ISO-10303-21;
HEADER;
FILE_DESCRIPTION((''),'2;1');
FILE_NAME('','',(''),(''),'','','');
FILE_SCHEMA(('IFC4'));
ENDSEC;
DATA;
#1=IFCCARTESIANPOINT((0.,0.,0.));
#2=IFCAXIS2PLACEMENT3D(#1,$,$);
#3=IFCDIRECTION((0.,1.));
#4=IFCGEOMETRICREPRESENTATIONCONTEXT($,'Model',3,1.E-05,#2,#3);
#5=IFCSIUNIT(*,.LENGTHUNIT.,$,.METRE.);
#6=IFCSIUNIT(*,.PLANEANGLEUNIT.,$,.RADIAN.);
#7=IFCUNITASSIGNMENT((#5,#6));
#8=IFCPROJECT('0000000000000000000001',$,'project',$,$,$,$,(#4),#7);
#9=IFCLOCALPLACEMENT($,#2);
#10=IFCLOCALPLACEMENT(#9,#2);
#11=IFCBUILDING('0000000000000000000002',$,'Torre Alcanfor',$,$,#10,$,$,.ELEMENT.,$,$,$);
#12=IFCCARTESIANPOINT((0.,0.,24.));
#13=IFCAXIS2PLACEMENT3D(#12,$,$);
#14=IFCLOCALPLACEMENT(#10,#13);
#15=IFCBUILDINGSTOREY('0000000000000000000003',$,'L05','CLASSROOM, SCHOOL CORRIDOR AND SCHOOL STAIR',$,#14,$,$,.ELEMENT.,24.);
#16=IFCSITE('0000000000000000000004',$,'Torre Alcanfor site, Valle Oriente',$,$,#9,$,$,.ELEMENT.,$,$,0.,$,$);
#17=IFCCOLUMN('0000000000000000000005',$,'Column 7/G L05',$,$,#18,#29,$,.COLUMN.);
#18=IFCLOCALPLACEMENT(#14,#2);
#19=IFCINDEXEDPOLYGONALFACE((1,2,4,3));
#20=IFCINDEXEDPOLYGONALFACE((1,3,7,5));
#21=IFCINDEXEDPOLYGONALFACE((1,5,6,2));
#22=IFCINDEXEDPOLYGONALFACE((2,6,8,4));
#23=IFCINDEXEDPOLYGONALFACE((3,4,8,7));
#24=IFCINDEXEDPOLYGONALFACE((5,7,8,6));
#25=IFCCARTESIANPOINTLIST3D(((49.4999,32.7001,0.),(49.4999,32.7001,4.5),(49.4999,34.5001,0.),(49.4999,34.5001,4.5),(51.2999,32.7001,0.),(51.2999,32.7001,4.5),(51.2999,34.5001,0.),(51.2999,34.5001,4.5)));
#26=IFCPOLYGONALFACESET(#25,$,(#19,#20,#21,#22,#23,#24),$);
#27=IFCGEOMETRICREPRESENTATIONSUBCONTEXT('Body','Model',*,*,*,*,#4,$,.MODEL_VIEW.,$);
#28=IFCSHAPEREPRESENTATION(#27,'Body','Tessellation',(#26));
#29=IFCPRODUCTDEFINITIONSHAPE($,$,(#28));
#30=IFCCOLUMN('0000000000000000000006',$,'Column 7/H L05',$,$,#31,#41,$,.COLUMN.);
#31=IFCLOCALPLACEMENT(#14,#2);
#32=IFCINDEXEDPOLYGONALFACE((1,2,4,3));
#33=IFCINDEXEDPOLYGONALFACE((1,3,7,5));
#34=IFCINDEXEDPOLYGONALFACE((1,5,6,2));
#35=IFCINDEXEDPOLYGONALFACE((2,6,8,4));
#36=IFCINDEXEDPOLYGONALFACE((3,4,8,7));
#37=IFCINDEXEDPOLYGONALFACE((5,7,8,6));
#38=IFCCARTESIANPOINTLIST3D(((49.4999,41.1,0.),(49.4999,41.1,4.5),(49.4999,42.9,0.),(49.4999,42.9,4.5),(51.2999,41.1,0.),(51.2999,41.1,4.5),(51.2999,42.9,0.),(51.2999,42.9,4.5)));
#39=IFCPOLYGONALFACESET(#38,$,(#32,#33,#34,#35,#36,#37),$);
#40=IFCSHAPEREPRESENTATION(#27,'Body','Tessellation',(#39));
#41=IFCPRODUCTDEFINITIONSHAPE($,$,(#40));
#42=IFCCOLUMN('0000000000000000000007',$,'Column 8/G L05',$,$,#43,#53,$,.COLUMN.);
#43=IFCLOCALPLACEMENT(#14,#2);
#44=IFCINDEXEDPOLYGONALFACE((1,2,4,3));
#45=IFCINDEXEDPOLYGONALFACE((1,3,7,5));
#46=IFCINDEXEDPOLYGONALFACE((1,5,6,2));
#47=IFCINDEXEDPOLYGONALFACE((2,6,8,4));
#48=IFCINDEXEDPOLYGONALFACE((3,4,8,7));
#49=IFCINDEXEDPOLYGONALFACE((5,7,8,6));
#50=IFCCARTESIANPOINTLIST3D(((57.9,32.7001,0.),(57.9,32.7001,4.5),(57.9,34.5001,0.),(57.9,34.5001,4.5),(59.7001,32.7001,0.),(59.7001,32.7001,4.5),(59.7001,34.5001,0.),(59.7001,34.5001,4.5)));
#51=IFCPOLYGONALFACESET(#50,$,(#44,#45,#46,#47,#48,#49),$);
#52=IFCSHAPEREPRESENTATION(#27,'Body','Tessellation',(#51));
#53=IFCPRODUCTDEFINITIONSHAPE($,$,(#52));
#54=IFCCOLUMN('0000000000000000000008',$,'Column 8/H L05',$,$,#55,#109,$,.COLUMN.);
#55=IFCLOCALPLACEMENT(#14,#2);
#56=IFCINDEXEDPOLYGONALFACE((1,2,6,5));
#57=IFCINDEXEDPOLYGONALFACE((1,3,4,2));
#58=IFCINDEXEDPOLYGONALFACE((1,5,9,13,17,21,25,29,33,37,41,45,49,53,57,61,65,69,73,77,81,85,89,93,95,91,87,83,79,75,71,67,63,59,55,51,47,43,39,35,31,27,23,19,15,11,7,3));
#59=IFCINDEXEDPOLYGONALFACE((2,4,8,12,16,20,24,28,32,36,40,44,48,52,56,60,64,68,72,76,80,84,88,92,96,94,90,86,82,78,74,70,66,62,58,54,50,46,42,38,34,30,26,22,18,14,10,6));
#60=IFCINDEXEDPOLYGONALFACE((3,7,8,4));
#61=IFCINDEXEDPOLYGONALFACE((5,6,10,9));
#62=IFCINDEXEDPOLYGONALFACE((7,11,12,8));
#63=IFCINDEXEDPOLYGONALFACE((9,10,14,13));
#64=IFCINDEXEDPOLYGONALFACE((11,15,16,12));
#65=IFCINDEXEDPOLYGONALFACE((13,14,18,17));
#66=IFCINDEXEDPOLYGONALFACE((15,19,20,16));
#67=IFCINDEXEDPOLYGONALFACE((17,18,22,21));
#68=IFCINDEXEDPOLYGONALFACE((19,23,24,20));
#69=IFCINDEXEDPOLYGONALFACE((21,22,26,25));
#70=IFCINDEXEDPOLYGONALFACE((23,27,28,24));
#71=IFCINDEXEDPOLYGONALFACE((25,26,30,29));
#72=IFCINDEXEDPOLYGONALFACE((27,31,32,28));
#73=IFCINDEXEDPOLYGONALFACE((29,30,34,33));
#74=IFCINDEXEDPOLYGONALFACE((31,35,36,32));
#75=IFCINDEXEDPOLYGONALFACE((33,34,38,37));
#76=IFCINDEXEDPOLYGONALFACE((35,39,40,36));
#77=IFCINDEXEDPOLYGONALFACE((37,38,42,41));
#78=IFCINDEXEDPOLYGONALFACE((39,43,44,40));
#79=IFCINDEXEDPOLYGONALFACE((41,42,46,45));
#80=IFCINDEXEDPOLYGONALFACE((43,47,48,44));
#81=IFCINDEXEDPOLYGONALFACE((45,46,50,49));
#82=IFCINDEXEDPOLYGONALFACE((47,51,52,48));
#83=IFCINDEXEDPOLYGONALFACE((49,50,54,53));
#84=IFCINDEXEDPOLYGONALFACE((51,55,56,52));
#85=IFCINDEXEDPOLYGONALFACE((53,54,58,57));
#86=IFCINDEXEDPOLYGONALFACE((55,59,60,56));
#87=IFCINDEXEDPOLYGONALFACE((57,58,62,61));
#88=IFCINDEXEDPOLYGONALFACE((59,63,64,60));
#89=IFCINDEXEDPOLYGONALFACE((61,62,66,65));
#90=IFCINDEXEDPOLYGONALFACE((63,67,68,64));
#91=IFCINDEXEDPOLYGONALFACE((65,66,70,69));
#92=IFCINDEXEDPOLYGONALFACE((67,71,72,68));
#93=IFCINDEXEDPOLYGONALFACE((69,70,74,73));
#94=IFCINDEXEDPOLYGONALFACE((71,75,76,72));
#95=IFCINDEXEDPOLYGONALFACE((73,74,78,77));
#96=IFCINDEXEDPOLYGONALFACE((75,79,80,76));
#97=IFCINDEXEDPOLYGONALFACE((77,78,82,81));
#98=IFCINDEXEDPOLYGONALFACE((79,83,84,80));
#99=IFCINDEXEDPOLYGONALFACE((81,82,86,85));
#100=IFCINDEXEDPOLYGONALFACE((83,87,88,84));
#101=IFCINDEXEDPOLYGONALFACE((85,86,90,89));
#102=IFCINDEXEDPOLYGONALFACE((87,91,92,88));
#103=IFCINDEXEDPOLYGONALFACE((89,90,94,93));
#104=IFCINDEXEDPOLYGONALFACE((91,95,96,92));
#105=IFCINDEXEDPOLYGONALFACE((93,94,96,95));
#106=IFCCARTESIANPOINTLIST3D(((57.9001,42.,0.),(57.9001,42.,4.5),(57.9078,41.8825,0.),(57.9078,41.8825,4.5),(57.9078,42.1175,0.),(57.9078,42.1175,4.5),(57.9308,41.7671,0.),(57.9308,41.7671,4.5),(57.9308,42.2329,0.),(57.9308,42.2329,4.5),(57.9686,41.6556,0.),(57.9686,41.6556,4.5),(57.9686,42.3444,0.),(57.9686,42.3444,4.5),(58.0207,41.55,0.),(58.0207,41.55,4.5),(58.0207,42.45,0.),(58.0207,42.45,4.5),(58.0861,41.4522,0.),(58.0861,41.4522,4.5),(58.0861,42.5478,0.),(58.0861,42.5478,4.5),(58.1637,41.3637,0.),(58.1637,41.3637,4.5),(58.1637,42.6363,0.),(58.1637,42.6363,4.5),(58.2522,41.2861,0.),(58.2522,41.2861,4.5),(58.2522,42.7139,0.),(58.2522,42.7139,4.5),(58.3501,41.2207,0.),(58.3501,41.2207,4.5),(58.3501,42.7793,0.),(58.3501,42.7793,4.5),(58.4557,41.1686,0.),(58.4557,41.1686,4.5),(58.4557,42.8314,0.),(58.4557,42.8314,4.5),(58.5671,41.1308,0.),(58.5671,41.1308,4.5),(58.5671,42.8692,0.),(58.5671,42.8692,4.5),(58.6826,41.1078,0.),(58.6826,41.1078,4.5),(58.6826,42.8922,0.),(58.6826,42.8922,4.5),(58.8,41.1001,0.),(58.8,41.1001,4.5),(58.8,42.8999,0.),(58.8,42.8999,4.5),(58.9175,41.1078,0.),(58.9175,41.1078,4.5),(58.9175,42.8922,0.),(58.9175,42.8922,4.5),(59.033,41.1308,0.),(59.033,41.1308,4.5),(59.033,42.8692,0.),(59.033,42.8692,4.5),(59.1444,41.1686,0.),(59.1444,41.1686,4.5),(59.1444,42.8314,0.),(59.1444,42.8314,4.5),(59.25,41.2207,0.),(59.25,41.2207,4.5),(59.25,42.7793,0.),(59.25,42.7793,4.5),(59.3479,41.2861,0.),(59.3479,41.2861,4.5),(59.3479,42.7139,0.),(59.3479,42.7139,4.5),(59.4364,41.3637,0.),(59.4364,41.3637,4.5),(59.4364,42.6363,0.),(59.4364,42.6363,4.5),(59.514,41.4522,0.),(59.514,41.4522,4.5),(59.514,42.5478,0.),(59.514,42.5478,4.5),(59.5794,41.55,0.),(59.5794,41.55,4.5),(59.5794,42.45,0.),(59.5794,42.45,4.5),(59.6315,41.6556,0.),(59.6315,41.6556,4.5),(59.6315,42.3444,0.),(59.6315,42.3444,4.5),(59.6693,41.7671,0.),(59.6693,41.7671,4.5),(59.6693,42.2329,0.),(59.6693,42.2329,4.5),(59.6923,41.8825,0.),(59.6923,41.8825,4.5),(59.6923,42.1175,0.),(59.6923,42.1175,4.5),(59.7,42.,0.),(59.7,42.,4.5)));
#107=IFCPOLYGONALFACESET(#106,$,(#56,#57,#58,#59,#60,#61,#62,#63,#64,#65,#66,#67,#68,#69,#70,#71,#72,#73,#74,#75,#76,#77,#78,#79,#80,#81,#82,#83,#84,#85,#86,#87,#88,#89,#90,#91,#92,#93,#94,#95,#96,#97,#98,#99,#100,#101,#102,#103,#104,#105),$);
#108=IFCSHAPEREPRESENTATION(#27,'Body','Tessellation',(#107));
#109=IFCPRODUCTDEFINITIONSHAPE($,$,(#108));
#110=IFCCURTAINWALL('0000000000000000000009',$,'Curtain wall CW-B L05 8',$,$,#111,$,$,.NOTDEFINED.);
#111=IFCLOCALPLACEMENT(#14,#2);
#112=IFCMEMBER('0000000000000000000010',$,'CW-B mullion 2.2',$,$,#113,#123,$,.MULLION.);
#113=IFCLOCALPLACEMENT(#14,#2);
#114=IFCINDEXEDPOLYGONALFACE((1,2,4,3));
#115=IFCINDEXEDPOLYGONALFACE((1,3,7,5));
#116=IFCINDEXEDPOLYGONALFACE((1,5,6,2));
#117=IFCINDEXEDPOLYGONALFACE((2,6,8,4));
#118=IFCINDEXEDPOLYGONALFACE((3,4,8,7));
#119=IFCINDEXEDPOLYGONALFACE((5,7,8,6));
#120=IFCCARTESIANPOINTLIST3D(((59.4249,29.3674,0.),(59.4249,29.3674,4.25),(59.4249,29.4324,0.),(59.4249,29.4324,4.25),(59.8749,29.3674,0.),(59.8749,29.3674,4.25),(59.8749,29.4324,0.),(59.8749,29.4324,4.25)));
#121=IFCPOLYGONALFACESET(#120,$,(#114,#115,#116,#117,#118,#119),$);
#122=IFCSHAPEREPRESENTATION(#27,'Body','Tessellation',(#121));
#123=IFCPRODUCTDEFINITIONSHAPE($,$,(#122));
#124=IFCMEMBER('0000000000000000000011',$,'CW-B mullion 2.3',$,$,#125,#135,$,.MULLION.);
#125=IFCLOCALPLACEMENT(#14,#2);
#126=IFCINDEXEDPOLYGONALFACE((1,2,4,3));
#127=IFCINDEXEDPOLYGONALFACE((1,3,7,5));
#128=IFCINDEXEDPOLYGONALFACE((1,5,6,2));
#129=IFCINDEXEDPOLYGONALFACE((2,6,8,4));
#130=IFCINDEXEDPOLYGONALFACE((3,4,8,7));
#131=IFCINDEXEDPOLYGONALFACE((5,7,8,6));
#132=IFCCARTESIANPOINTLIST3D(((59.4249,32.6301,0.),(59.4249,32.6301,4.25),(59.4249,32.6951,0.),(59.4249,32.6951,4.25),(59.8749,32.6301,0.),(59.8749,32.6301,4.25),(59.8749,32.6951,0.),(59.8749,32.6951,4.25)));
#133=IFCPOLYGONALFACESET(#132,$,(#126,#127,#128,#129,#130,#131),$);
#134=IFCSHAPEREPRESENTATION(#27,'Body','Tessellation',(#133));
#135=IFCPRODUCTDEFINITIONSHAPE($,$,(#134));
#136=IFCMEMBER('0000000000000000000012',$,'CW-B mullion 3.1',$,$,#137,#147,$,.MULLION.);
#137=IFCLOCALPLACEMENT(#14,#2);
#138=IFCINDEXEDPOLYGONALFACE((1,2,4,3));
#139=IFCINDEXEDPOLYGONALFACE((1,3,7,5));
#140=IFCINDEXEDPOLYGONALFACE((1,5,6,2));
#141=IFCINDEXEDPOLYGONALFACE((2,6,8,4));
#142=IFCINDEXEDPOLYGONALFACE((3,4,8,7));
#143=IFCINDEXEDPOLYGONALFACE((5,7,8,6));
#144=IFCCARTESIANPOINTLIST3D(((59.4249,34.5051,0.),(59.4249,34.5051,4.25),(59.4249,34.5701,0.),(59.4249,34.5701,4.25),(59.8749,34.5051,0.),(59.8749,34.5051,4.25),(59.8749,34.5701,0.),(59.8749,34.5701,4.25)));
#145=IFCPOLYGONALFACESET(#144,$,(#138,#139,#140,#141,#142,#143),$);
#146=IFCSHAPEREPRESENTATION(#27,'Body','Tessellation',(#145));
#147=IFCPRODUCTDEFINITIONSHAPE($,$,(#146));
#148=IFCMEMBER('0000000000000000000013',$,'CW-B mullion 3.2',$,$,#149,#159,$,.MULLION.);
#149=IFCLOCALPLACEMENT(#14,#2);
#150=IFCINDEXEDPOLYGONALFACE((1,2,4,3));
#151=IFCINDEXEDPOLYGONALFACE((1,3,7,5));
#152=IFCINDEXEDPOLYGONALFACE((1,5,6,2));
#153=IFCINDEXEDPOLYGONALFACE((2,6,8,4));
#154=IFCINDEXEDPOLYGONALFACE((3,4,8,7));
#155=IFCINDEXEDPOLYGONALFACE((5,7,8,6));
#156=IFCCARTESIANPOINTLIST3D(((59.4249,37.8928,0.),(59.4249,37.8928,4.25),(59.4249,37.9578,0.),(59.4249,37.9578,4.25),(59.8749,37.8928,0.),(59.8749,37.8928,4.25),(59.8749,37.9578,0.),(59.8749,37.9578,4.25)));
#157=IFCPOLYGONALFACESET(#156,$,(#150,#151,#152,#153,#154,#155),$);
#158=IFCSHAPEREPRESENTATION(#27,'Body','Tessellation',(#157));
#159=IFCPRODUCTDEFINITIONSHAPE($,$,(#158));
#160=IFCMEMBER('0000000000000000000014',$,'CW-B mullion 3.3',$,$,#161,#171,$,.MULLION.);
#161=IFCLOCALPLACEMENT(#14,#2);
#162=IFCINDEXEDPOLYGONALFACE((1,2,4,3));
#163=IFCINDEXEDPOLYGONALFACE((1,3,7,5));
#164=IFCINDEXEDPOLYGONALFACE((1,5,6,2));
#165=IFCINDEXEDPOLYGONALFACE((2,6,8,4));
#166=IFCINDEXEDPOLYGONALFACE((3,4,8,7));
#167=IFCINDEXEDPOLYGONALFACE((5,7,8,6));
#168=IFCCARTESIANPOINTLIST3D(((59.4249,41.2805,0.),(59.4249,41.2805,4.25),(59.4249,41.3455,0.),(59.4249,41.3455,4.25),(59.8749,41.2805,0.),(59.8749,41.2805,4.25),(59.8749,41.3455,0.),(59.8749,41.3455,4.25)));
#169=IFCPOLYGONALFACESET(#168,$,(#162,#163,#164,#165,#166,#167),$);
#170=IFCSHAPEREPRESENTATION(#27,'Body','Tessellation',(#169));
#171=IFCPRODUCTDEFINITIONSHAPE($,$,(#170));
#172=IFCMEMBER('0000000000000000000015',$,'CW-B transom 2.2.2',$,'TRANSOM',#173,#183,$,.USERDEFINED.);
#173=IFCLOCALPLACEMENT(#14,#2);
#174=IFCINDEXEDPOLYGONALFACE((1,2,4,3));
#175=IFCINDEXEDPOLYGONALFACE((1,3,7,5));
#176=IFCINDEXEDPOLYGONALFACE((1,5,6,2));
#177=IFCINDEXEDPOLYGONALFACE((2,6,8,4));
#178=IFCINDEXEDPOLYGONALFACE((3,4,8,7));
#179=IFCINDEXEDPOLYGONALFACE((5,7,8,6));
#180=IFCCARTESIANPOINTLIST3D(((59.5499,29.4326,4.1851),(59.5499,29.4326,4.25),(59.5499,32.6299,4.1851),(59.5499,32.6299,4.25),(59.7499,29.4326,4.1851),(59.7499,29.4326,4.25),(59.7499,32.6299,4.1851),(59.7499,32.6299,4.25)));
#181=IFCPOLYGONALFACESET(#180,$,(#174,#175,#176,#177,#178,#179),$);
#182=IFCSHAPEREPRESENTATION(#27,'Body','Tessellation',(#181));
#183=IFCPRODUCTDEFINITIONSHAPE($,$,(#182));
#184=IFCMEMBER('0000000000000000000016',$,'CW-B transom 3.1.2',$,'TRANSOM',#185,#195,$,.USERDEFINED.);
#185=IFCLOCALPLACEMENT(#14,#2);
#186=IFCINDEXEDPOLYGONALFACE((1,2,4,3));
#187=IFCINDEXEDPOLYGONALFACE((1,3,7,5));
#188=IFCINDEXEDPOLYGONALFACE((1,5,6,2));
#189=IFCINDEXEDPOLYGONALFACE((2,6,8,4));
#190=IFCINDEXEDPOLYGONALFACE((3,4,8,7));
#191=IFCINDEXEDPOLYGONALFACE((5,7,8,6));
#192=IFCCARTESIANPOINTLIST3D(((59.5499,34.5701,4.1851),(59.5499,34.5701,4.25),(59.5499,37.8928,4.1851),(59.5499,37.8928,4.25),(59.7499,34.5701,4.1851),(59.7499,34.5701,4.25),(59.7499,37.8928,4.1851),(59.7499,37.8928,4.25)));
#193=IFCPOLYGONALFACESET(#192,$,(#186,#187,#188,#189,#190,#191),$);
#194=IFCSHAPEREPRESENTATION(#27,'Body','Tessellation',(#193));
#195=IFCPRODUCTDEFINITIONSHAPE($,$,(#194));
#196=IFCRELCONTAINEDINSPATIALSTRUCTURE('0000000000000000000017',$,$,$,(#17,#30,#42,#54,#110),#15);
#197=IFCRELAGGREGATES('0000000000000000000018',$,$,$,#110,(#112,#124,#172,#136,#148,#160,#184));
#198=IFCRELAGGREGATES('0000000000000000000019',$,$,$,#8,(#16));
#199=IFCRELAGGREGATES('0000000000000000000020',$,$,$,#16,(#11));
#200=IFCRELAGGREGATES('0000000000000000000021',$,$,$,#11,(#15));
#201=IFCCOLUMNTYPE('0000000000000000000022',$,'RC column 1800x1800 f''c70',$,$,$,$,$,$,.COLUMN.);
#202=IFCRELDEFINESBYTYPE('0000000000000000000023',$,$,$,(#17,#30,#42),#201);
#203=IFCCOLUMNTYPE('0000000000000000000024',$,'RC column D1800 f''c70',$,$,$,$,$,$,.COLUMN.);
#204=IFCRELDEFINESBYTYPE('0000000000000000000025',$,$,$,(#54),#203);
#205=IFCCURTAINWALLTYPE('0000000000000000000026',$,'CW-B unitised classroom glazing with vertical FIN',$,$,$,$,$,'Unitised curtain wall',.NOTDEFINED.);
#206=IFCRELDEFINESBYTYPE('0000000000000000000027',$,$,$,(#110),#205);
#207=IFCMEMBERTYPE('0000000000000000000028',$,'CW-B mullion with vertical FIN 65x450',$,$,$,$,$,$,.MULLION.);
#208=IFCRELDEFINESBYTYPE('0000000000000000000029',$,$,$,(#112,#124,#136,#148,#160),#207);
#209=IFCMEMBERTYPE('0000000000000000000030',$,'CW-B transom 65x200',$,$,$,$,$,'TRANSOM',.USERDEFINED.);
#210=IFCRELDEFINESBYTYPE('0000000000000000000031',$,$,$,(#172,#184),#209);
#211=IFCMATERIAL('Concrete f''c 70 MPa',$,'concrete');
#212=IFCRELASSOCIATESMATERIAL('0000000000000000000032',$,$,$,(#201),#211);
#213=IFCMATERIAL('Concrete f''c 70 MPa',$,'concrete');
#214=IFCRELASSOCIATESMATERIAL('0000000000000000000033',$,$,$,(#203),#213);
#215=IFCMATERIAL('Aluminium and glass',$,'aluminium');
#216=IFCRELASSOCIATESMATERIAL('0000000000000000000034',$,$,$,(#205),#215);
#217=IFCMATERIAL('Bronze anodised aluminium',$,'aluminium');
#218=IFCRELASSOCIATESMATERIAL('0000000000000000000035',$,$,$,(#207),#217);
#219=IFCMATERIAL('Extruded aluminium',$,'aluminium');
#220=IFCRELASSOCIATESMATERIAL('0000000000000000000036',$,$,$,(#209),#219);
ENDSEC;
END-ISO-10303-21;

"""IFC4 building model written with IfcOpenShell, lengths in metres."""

from ifc_helpers import new_model, si_unit, direction, frame, origin, origin_2d, place, context, subcontext, project, spatial, rectangle, circle, extrude, material, material_profile, profile_set, type_object, element, aggregate, save


model = new_model("IFC4")

# Units and contexts
model_context = context("Model", 3, precision=1e-05, world=origin(), true_north=direction((0.0, 1.0)))
body_context = subcontext(model_context, "Body", "Model", "MODEL_VIEW")
ifc_project = project(units=[si_unit("LENGTHUNIT", "METRE"), si_unit("PLANEANGLEUNIT", "RADIAN")], contexts=[model_context])

# Site, building, storey
site_placement = place(None, origin())
site = spatial("IfcSite", under=ifc_project, at=site_placement, Name="Torre Alcanfor site, Valle Oriente", CompositionType="ELEMENT", RefElevation=0.0)
building_placement = place(site_placement, origin())
building = spatial("IfcBuilding", under=site, at=building_placement, Name="Torre Alcanfor", CompositionType="ELEMENT")
storey_placement = place(building_placement, frame((0.0, 0.0, 24.0)))
storey = spatial("IfcBuildingStorey", under=building, at=storey_placement, Name="L05", Description="CLASSROOM, SCHOOL CORRIDOR AND SCHOOL STAIR", CompositionType="ELEMENT", Elevation=24.0)

# Columns
ifc_material_1 = material(Name="Concrete f'c 70 MPa", Category="concrete")
ifc_material_profile_1 = material_profile(ifc_material_1, rectangle(XDim=1.8, YDim=1.8, at=origin_2d()), Name="1800x1800")
ifc_profile_set_1 = profile_set([ifc_material_profile_1], Name="Concrete f'c 70 MPa")
column_type_1 = type_object("IfcColumnType", Name="RC column 1800x1800 f'c70", PredefinedType="COLUMN", material=ifc_profile_set_1)
for number, where, z_axis, x_axis, name in (
    (1, (50.3999, 33.6001, 0.0), (0.0, 0.0, 1.0), (1.0, 0.0, 0.0), "Column 7/G L05"),
    (2, (50.3999, 42.0, 0.0), (0.0, 0.0, 1.0), (1.0, 0.0, 0.0), "Column 7/H L05"),
    (3, (58.8, 33.6001, 0.0), (0.0, 0.0, 1.0), (1.0, 0.0, 0.0), "Column 8/G L05"),
):
    element("IfcColumn", number, at=place(storey_placement, frame(where, z_axis=z_axis, x_axis=x_axis)), inside=storey, type_object=column_type_1, Name=name, PredefinedType="COLUMN", context=body_context, shape_type="SweptSolid", body=[
        extrude(rectangle(XDim=1.8, YDim=1.8, at=origin_2d()), origin(), (0.0, 0.0, 1.0), 4.5),
    ])
ifc_material_2 = material(Name="Concrete f'c 70 MPa", Category="concrete")
ifc_material_profile_2 = material_profile(ifc_material_2, circle(Radius=0.8999, at=origin_2d()), Name="D1800")
ifc_profile_set_2 = profile_set([ifc_material_profile_2], Name="Concrete f'c 70 MPa")
column_type_2 = type_object("IfcColumnType", Name="RC column D1800 f'c70", PredefinedType="COLUMN", material=ifc_profile_set_2)
column_placement = place(storey_placement, frame((58.8, 42.0, 0.0), z_axis=(0.0, 0.0, 1.0), x_axis=(1.0, 0.0, 0.0)))
element("IfcColumn", 4, at=column_placement, inside=storey, type_object=column_type_2, Name="Column 8/H L05", PredefinedType="COLUMN", context=body_context, shape_type="SweptSolid", body=[
    extrude(circle(Radius=0.8999, at=origin_2d()), origin(), (0.0, 0.0, 1.0), 4.5),
])

# Curtain wall, members
ifc_material_3 = material(Name="Aluminium and glass", Category="aluminium")
curtain_wall_type_1 = type_object("IfcCurtainWallType", Name="CW-B unitised classroom glazing with vertical FIN", ElementType="Unitised curtain wall", PredefinedType="NOTDEFINED", material=ifc_material_3)
curtain_wall_1_placement = place(storey_placement, origin())
curtain_wall_1 = element("IfcCurtainWall", 5, at=curtain_wall_1_placement, inside=storey, type_object=curtain_wall_type_1, Name="Curtain wall CW-B L05 8", PredefinedType="NOTDEFINED")
ifc_material_4 = material(Name="Bronze anodised aluminium", Category="aluminium")
ifc_material_profile_3 = material_profile(ifc_material_4, rectangle(XDim=0.45, YDim=0.0649, at=origin_2d()), Name="CW-B mullion 65x450")
ifc_profile_set_3 = profile_set([ifc_material_profile_3], Name="Bronze anodised aluminium")
member_type_1 = type_object("IfcMemberType", Name="CW-B mullion with vertical FIN 65x450", PredefinedType="MULLION", material=ifc_profile_set_3)
member_1_placement = place(storey_placement, frame((59.6499, 29.3999, 0.0), z_axis=(0.0, 0.0, 1.0), x_axis=(-1.0, 0.0, 0.0)))
member_1 = element("IfcMember", 6, at=member_1_placement, type_object=member_type_1, Name="CW-B mullion 2.2", PredefinedType="MULLION", context=body_context, shape_type="SweptSolid", body=[
    extrude(rectangle(XDim=0.45, YDim=0.0649, at=origin_2d()), origin(), (0.0, 0.0, 1.0), 4.25),
])
member_2_placement = place(storey_placement, frame((59.6499, 32.6626, 0.0), z_axis=(0.0, 0.0, 1.0), x_axis=(-1.0, 0.0, 0.0)))
member_2 = element("IfcMember", 7, at=member_2_placement, type_object=member_type_1, Name="CW-B mullion 2.3", PredefinedType="MULLION", context=body_context, shape_type="SweptSolid", body=[
    extrude(rectangle(XDim=0.45, YDim=0.0649, at=origin_2d()), origin(), (0.0, 0.0, 1.0), 4.25),
])
member_3_placement = place(storey_placement, frame((59.6499, 34.5376, 0.0), z_axis=(0.0, 0.0, 1.0), x_axis=(-1.0, 0.0, 0.0)))
member_3 = element("IfcMember", 8, at=member_3_placement, type_object=member_type_1, Name="CW-B mullion 3.1", PredefinedType="MULLION", context=body_context, shape_type="SweptSolid", body=[
    extrude(rectangle(XDim=0.45, YDim=0.0649, at=origin_2d()), origin(), (0.0, 0.0, 1.0), 4.25),
])
member_4_placement = place(storey_placement, frame((59.6499, 37.9253, 0.0), z_axis=(0.0, 0.0, 1.0), x_axis=(-1.0, 0.0, 0.0)))
member_4 = element("IfcMember", 9, at=member_4_placement, type_object=member_type_1, Name="CW-B mullion 3.2", PredefinedType="MULLION", context=body_context, shape_type="SweptSolid", body=[
    extrude(rectangle(XDim=0.45, YDim=0.0649, at=origin_2d()), origin(), (0.0, 0.0, 1.0), 4.25),
])
member_5_placement = place(storey_placement, frame((59.6499, 41.313, 0.0), z_axis=(0.0, 0.0, 1.0), x_axis=(-1.0, 0.0, 0.0)))
member_5 = element("IfcMember", 10, at=member_5_placement, type_object=member_type_1, Name="CW-B mullion 3.3", PredefinedType="MULLION", context=body_context, shape_type="SweptSolid", body=[
    extrude(rectangle(XDim=0.45, YDim=0.0649, at=origin_2d()), origin(), (0.0, 0.0, 1.0), 4.25),
])
ifc_material_5 = material(Name="Extruded aluminium", Category="aluminium")
ifc_material_profile_4 = material_profile(ifc_material_5, rectangle(XDim=0.2, YDim=0.0649, at=origin_2d()), Name="CW-B transom 200x65")
ifc_profile_set_4 = profile_set([ifc_material_profile_4], Name="Extruded aluminium")
member_type_2 = type_object("IfcMemberType", Name="CW-B transom 65x200", ElementType="TRANSOM", PredefinedType="USERDEFINED", material=ifc_profile_set_4)
member_6_placement = place(storey_placement, frame((59.6499, 29.4326, 4.2175), z_axis=(0.0, 1.0, 0.0), x_axis=(-1.0, 0.0, 0.0)))
member_6 = element("IfcMember", 11, at=member_6_placement, type_object=member_type_2, Name="CW-B transom 2.2.2", ObjectType="TRANSOM", PredefinedType="USERDEFINED", context=body_context, shape_type="SweptSolid", body=[
    extrude(rectangle(XDim=0.2, YDim=0.0649, at=origin_2d()), origin(), (0.0, 0.0, 1.0), 3.1973),
])
member_7_placement = place(storey_placement, frame((59.6499, 34.5701, 4.2175), z_axis=(0.0, 1.0, 0.0), x_axis=(-1.0, 0.0, 0.0)))
member_7 = element("IfcMember", 12, at=member_7_placement, type_object=member_type_2, Name="CW-B transom 3.1.2", ObjectType="TRANSOM", PredefinedType="USERDEFINED", context=body_context, shape_type="SweptSolid", body=[
    extrude(rectangle(XDim=0.2, YDim=0.0649, at=origin_2d()), origin(), (0.0, 0.0, 1.0), 3.3228),
])

aggregate(curtain_wall_1, [member_1, member_2, member_6, member_3, member_4, member_5, member_7])

save(model, "model.ifc")
